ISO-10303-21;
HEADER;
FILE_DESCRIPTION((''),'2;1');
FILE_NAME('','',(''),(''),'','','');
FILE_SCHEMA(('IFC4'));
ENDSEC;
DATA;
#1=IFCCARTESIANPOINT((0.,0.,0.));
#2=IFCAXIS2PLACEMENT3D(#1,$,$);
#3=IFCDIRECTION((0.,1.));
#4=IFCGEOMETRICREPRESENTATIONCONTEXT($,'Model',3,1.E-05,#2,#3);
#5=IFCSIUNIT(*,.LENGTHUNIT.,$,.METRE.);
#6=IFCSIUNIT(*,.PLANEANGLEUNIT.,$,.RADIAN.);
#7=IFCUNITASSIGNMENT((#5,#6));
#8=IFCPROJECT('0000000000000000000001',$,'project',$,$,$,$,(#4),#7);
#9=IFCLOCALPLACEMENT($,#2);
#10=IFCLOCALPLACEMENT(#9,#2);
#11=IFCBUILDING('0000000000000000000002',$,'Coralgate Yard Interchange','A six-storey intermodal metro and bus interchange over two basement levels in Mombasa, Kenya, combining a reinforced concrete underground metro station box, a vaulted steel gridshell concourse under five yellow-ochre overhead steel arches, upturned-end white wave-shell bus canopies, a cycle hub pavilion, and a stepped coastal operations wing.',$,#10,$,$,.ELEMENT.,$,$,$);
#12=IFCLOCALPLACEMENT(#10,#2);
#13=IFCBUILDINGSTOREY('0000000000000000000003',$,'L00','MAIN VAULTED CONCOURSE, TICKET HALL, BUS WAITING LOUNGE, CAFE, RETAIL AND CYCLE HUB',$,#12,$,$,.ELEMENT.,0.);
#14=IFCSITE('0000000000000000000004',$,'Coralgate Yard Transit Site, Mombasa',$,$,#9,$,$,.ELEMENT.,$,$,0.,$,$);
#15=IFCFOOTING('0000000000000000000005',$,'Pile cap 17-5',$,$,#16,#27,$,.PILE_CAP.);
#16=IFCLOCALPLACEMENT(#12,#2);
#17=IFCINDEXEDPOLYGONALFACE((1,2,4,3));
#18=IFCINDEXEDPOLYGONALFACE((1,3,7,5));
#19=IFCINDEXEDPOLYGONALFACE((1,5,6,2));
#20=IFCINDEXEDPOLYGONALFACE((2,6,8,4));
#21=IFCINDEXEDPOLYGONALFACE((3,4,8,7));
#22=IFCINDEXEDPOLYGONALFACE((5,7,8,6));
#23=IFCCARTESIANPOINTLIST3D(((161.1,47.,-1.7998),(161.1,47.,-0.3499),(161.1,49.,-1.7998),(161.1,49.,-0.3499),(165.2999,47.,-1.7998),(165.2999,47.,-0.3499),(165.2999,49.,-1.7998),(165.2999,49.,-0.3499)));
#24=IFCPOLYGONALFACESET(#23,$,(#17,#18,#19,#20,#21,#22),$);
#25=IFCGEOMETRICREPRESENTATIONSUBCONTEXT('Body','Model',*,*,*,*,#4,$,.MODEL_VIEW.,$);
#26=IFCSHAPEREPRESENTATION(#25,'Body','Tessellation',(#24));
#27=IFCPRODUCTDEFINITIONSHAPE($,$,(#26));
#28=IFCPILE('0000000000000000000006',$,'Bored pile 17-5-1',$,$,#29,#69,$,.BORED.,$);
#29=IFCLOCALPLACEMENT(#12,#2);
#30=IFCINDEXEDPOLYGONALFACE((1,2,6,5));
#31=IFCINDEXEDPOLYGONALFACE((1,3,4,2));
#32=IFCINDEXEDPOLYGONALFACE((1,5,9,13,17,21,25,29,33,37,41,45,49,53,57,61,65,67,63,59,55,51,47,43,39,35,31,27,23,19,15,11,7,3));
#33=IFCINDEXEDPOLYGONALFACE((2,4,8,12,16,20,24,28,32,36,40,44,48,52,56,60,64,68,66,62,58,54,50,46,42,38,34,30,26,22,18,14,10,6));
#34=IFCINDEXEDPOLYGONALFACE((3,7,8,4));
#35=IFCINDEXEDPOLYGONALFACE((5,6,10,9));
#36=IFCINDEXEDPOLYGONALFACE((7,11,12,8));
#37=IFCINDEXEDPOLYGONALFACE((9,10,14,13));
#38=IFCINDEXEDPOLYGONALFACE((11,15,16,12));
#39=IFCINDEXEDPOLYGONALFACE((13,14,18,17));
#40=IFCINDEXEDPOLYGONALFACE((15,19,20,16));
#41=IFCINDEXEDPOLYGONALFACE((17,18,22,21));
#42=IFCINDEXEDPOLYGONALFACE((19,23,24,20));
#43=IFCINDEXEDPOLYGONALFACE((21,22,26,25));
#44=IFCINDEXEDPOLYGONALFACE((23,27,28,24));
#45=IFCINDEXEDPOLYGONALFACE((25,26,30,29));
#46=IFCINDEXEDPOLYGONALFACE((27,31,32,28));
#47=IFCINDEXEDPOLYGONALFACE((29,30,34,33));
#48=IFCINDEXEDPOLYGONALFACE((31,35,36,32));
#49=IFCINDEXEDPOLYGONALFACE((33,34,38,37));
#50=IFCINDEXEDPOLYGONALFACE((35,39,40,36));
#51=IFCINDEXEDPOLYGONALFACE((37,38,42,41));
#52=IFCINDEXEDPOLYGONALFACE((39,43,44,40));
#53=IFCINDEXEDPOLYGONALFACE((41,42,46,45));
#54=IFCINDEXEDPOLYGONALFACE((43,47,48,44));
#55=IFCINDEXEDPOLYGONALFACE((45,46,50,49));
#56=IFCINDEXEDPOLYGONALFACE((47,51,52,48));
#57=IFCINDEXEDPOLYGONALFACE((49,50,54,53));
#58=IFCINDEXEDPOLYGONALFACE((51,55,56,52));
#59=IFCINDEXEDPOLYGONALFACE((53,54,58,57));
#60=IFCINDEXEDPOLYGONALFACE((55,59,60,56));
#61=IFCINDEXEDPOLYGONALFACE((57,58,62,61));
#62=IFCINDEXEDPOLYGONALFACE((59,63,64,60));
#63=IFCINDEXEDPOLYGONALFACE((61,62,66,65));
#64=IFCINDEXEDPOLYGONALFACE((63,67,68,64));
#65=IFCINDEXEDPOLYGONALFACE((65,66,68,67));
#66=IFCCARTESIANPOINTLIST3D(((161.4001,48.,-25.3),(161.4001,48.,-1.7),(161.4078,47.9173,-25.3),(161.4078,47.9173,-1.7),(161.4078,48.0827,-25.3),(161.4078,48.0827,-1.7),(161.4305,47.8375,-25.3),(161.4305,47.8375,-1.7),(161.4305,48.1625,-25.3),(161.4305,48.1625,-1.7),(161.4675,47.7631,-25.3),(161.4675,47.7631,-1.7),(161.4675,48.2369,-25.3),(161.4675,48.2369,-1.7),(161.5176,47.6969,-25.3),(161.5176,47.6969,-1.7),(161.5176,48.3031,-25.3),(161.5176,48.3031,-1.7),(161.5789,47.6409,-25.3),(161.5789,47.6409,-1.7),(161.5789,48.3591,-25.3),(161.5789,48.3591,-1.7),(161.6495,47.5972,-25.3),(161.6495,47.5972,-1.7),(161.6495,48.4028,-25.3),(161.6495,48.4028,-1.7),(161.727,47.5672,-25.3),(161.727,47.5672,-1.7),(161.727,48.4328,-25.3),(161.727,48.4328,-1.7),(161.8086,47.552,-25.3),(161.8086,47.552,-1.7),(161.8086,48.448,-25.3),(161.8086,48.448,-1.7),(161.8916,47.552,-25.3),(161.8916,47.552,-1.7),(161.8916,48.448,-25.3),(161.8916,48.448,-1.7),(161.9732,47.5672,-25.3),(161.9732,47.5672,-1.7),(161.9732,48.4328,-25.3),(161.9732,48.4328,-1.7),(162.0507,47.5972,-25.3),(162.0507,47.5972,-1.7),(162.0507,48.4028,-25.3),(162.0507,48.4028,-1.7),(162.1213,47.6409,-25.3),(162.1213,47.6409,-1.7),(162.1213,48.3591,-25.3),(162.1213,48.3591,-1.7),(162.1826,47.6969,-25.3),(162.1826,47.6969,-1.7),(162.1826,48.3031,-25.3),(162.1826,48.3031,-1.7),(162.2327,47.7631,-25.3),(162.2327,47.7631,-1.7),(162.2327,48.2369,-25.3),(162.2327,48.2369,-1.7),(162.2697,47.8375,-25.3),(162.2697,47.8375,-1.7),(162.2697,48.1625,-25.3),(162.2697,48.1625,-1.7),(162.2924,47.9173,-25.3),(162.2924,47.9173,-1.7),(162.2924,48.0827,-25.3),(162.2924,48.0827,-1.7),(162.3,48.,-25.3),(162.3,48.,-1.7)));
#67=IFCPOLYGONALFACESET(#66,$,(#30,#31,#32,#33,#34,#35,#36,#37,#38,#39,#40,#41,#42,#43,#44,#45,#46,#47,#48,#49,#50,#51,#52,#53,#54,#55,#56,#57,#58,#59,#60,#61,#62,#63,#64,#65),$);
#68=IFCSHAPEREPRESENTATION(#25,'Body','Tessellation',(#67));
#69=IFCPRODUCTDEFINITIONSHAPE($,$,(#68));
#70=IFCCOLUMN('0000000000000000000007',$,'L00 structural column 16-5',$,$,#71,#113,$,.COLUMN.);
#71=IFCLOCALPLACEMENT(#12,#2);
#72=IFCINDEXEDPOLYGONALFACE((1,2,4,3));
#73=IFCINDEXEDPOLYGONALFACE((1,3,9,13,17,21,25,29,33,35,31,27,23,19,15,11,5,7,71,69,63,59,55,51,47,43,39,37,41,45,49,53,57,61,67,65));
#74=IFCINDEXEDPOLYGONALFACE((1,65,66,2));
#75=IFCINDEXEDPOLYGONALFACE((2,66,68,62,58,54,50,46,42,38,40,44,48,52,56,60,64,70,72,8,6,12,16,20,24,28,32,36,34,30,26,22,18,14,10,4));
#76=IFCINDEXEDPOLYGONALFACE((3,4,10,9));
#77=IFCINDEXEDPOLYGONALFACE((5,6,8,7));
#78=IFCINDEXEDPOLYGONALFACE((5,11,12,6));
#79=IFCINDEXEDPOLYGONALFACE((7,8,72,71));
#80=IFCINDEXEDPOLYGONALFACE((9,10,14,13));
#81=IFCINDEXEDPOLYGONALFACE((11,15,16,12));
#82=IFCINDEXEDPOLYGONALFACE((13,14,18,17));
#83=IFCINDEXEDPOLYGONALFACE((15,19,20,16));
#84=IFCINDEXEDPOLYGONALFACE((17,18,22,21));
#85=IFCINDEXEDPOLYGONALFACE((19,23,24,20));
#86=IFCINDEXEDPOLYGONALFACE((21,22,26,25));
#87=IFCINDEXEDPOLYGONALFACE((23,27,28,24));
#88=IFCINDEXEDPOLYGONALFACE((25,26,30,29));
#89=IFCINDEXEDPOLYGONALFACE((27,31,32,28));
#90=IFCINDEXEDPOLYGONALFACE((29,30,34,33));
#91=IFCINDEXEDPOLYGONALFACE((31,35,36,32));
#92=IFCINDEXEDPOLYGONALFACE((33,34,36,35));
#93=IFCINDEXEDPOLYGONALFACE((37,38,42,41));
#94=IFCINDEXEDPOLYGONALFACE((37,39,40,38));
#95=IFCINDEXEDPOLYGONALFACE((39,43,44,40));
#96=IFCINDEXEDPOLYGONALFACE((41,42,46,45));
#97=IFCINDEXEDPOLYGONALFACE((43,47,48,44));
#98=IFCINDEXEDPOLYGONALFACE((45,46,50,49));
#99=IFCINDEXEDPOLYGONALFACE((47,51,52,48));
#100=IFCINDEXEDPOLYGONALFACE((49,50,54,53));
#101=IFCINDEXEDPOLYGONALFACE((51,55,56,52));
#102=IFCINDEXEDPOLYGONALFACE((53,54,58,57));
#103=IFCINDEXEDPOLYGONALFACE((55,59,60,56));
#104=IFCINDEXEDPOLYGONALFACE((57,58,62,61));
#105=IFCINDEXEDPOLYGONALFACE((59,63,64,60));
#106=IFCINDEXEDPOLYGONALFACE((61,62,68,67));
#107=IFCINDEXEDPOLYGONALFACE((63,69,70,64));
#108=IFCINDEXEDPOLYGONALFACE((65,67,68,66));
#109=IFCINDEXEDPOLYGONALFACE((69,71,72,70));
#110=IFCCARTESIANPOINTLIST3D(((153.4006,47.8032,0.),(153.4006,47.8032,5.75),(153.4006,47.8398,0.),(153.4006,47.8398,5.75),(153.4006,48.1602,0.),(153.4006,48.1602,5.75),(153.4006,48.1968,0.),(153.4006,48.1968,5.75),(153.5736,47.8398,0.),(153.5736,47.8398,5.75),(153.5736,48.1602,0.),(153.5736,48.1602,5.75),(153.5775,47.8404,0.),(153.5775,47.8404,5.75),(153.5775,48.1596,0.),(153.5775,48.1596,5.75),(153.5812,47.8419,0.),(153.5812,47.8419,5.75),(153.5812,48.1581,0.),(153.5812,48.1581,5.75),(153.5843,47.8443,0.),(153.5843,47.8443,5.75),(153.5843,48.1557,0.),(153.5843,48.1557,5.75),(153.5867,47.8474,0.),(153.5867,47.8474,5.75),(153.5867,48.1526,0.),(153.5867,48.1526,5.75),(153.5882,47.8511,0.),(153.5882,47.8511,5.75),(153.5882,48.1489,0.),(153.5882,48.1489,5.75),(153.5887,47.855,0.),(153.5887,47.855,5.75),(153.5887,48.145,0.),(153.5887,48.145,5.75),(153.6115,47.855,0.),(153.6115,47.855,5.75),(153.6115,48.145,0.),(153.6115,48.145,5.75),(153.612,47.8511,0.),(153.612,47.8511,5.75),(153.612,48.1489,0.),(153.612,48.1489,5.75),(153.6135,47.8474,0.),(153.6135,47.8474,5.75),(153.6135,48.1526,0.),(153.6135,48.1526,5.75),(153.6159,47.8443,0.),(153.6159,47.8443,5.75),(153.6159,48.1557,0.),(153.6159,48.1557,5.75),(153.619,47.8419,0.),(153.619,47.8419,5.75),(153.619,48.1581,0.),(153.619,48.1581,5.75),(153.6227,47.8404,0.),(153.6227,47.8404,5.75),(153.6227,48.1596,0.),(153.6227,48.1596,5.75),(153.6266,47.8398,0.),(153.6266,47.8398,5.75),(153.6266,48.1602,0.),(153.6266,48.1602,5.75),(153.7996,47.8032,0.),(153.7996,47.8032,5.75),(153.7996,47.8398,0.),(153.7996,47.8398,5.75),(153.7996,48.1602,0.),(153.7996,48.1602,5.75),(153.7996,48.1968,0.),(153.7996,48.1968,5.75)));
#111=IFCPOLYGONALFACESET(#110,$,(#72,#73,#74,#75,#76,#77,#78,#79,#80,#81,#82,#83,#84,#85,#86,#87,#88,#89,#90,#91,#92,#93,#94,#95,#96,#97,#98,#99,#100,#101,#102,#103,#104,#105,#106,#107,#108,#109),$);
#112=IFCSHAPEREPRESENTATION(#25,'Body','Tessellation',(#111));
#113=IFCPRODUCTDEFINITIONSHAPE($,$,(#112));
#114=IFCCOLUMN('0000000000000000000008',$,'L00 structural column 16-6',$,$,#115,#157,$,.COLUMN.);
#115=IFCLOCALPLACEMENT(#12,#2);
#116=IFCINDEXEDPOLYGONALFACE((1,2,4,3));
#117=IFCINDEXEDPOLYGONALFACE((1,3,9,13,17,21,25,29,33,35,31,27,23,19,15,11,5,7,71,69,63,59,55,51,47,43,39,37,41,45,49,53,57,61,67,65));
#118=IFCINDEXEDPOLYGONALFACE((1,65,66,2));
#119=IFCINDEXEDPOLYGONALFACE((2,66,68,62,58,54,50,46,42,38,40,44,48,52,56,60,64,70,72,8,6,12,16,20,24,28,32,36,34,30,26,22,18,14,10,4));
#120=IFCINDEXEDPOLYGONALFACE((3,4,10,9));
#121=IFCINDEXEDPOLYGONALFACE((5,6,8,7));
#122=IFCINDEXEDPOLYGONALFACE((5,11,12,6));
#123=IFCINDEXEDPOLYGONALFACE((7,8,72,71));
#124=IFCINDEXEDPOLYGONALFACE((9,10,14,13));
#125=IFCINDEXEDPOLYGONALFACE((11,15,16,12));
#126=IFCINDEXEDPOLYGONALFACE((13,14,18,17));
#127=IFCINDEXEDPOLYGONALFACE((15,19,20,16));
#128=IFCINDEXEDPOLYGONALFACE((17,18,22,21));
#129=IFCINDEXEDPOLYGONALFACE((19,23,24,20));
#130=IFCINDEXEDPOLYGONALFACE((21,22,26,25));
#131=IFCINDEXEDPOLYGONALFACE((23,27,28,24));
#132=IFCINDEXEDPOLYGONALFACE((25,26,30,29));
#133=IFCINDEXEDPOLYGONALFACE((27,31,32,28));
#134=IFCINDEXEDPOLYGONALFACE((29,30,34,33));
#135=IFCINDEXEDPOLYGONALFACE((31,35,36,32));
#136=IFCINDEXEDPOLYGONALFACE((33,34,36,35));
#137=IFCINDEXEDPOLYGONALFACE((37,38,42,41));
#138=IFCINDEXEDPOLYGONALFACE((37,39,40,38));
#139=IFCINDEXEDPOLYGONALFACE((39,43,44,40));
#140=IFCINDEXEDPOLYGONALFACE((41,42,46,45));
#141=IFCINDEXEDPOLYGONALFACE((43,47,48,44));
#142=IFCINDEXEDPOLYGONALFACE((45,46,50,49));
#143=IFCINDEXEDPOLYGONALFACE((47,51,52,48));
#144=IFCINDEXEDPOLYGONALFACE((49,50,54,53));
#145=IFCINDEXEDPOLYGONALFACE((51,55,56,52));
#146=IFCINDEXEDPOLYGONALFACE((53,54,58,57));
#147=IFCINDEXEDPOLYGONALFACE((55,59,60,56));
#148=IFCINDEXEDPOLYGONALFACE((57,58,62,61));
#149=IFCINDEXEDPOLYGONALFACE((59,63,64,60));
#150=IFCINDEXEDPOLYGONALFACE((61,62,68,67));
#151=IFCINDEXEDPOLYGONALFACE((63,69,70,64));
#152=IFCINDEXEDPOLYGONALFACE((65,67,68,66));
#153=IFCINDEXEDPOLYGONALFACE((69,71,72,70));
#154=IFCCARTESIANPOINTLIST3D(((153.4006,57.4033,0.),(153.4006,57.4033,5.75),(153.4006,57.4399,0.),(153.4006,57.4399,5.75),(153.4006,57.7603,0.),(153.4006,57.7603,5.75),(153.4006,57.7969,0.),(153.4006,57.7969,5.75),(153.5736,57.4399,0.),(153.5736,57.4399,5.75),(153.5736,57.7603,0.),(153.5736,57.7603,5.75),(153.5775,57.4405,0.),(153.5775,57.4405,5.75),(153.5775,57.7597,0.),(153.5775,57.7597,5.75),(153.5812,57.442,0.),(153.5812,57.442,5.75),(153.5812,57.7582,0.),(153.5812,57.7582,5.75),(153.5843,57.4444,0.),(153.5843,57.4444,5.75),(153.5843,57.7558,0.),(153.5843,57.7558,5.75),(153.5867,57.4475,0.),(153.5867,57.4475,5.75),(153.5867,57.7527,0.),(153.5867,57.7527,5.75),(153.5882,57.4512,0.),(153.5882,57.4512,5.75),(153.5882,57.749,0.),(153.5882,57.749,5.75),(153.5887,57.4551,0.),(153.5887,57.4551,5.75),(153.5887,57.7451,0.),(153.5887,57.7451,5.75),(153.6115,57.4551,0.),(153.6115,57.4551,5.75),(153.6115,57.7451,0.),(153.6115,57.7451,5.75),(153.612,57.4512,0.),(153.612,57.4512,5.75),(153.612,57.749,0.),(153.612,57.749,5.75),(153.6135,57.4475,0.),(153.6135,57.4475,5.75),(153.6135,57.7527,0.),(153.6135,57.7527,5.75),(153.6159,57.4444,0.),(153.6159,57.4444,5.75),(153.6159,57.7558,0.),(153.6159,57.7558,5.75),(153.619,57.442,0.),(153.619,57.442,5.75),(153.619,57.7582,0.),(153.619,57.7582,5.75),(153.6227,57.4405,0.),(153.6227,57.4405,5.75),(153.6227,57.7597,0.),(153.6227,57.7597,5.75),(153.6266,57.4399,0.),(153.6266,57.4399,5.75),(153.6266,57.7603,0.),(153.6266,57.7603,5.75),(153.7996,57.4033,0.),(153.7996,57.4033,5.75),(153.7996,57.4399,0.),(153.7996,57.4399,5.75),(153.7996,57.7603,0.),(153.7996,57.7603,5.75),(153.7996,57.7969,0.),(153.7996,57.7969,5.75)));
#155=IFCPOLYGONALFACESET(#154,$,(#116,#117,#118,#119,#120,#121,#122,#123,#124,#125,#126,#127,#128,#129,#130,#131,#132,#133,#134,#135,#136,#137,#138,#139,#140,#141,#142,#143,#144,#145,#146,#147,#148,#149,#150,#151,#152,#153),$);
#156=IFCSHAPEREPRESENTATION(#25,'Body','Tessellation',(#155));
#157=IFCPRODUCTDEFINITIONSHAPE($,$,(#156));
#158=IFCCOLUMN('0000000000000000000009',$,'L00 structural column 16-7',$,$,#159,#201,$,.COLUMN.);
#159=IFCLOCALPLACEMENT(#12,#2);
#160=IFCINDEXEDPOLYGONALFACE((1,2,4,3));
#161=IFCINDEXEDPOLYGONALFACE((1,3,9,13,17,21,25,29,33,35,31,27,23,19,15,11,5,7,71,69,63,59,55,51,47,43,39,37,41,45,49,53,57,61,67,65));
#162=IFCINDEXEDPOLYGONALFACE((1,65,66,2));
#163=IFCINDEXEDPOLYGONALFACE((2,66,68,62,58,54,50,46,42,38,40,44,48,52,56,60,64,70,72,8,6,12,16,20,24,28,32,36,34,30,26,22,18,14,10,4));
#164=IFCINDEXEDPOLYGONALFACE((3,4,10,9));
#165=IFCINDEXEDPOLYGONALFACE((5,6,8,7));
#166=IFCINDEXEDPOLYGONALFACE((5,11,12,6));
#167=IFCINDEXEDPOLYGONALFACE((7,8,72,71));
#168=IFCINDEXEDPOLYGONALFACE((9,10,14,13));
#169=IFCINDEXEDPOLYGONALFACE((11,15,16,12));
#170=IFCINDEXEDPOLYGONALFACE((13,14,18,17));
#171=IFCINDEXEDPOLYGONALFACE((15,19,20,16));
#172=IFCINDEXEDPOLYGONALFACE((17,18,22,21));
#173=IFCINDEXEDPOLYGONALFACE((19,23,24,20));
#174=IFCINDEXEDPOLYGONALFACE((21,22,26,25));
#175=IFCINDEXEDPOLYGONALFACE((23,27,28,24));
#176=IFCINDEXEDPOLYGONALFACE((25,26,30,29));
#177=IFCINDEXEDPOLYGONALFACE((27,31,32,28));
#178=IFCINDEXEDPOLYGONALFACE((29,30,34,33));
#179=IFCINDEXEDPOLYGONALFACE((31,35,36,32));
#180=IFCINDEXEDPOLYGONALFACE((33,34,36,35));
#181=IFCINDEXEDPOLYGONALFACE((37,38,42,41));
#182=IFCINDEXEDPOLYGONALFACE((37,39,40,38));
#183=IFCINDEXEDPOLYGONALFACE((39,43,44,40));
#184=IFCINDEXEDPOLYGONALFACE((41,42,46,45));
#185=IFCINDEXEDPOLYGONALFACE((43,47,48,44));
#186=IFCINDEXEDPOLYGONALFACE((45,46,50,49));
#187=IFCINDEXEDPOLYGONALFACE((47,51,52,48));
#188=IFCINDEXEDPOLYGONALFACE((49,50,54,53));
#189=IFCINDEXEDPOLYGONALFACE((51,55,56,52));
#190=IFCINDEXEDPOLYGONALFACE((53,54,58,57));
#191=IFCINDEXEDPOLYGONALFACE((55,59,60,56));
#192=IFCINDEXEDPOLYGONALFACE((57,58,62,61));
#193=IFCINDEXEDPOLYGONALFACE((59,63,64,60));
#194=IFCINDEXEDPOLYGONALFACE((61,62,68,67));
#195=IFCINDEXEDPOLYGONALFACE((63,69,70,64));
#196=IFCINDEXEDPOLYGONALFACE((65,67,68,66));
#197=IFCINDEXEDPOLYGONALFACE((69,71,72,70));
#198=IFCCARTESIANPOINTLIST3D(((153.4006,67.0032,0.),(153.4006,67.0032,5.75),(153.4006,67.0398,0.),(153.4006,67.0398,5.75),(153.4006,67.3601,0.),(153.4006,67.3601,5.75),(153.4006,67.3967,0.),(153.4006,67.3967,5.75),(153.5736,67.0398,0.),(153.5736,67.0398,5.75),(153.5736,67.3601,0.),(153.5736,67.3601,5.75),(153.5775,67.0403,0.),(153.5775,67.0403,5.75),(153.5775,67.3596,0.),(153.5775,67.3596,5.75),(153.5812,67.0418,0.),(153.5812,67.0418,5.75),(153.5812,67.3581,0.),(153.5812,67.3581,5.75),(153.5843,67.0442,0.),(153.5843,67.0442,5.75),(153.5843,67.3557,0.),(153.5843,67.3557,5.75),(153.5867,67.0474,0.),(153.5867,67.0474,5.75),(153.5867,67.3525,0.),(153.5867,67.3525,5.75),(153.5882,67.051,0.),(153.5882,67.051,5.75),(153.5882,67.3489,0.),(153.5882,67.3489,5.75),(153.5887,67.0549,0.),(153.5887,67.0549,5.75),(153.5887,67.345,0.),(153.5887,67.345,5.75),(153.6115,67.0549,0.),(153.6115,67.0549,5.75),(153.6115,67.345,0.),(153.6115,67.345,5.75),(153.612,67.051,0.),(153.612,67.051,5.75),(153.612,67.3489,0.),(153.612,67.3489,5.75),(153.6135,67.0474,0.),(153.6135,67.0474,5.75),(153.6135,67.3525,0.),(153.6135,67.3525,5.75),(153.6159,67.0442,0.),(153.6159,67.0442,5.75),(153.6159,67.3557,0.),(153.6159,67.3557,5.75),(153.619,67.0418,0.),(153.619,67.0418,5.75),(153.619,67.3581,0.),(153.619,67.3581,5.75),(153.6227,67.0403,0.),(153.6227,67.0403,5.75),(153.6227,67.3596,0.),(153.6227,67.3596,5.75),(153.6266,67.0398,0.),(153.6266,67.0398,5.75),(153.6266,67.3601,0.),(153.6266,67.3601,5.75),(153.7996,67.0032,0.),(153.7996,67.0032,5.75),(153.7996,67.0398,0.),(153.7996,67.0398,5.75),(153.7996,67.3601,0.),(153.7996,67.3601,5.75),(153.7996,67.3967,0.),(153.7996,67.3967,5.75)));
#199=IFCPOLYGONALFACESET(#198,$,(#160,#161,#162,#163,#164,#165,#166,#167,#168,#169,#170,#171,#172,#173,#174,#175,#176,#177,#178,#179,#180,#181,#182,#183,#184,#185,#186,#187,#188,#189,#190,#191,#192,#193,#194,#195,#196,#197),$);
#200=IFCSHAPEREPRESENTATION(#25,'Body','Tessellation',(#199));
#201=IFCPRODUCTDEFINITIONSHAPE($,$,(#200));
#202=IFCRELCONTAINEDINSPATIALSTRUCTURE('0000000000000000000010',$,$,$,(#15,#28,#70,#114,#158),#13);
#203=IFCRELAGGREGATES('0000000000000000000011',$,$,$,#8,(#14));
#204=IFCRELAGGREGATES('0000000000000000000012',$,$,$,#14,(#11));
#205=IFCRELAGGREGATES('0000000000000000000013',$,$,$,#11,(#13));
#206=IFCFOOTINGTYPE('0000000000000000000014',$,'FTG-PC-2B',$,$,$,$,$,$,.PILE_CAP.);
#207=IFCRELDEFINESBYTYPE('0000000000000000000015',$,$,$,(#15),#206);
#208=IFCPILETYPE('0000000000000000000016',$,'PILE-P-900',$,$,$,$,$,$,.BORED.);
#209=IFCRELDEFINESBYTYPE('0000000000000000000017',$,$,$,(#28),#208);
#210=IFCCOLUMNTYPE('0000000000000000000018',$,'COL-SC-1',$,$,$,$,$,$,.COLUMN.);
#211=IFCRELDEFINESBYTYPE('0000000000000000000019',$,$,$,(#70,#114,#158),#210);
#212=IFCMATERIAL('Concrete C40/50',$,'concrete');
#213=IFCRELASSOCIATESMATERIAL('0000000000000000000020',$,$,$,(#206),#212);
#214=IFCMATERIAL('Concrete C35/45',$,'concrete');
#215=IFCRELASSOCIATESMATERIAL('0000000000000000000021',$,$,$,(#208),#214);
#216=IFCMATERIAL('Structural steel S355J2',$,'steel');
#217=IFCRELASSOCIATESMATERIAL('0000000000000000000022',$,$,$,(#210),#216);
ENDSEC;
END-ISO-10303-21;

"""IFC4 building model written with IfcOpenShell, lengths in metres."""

from ifc_helpers import new_model, si_unit, direction, frame, origin, origin_2d, place, context, subcontext, project, spatial, rectangle, circle, i_section, extrude, material, material_profile, profile_set, type_object, element, save


model = new_model("IFC4")

# Units and contexts
model_context = context("Model", 3, precision=1e-05, world=origin(), true_north=direction((0.0, 1.0)))
body_context = subcontext(model_context, "Body", "Model", "MODEL_VIEW")
ifc_project = project(units=[si_unit("LENGTHUNIT", "METRE"), si_unit("PLANEANGLEUNIT", "RADIAN")], contexts=[model_context])

# Site, building, storey
site_placement = place(None, origin())
site = spatial("IfcSite", under=ifc_project, at=site_placement, Name="Coralgate Yard Transit Site, Mombasa", CompositionType="ELEMENT", RefElevation=0.0)
building_placement = place(site_placement, origin())
building = spatial("IfcBuilding", under=site, at=building_placement, Name="Coralgate Yard Interchange", Description="A six-storey intermodal metro and bus interchange over two basement levels in Mombasa, Kenya, combining a reinforced concrete underground metro station box, a vaulted steel gridshell concourse under five yellow-ochre overhead steel arches, upturned-end white wave-shell bus canopies, a cycle hub pavilion, and a stepped coastal operations wing.", CompositionType="ELEMENT")
storey_placement = place(building_placement, origin())
storey = spatial("IfcBuildingStorey", under=building, at=storey_placement, Name="L00", Description="MAIN VAULTED CONCOURSE, TICKET HALL, BUS WAITING LOUNGE, CAFE, RETAIL AND CYCLE HUB", CompositionType="ELEMENT", Elevation=0.0)

# Footing
ifc_material_1 = material(Name="Concrete C40/50", Category="concrete")
footing_type = type_object("IfcFootingType", Name="FTG-PC-2B", PredefinedType="PILE_CAP", material=ifc_material_1)
footing_placement = place(storey_placement, frame((163.2, 48.0, -1.7998), z_axis=(0.0, 0.0, 1.0), x_axis=(1.0, 0.0, 0.0)))
element("IfcFooting", 1, at=footing_placement, inside=storey, type_object=footing_type, Name="Pile cap 17-5", PredefinedType="PILE_CAP", context=body_context, shape_type="SweptSolid", body=[
    extrude(rectangle(XDim=4.2, YDim=2.0, at=origin_2d()), origin(), (0.0, 0.0, 1.0), 1.45),
])

# Pile
ifc_material_2 = material(Name="Concrete C35/45", Category="concrete")
ifc_material_profile_1 = material_profile(ifc_material_2, circle(Radius=0.45, at=origin_2d()), Name="BORED PILE D900")
ifc_profile_set_1 = profile_set([ifc_material_profile_1], Name="Concrete C35/45")
pile_type = type_object("IfcPileType", Name="PILE-P-900", PredefinedType="BORED", material=ifc_profile_set_1)
pile_placement = place(storey_placement, frame((161.8501, 48.0, -1.7), z_axis=(0.0, 0.0, -1.0), x_axis=(1.0, 0.0, 0.0)))
element("IfcPile", 2, at=pile_placement, inside=storey, type_object=pile_type, Name="Bored pile 17-5-1", PredefinedType="BORED", context=body_context, shape_type="SweptSolid", body=[
    extrude(circle(Radius=0.45, at=origin_2d()), origin(), (0.0, 0.0, 1.0), 23.6001),
])

# Columns
ifc_material_3 = material(Name="Structural steel S355J2", Category="steel")
ifc_material_profile_2 = material_profile(ifc_material_3, i_section(OverallWidth=0.3989, OverallDepth=0.3936, WebThickness=0.0227, FlangeThickness=0.0366, FilletRadius=0.0151, at=origin_2d()), Name="UC 356x406x287")
ifc_profile_set_2 = profile_set([ifc_material_profile_2], Name="Structural steel S355J2")
column_type = type_object("IfcColumnType", Name="COL-SC-1", PredefinedType="COLUMN", material=ifc_profile_set_2)
for number, where, z_axis, x_axis, name in (
    (3, (153.6001, 48.0, 0.0), (0.0, 0.0, 1.0), (1.0, 0.0, 0.0), "L00 structural column 16-5"),
    (4, (153.6001, 57.6001, 0.0), (0.0, 0.0, 1.0), (1.0, 0.0, 0.0), "L00 structural column 16-6"),
    (5, (153.6001, 67.2, 0.0), (0.0, 0.0, 1.0), (1.0, 0.0, 0.0), "L00 structural column 16-7"),
):
    element("IfcColumn", number, at=place(storey_placement, frame(where, z_axis=z_axis, x_axis=x_axis)), inside=storey, type_object=column_type, Name=name, PredefinedType="COLUMN", context=body_context, shape_type="SweptSolid", body=[
        extrude(i_section(OverallWidth=0.3989, OverallDepth=0.3936, WebThickness=0.0227, FlangeThickness=0.0366, FilletRadius=0.0151, at=origin_2d()), origin(), (0.0, 0.0, 1.0), 5.75),
    ])

save(model, "model.ifc")
